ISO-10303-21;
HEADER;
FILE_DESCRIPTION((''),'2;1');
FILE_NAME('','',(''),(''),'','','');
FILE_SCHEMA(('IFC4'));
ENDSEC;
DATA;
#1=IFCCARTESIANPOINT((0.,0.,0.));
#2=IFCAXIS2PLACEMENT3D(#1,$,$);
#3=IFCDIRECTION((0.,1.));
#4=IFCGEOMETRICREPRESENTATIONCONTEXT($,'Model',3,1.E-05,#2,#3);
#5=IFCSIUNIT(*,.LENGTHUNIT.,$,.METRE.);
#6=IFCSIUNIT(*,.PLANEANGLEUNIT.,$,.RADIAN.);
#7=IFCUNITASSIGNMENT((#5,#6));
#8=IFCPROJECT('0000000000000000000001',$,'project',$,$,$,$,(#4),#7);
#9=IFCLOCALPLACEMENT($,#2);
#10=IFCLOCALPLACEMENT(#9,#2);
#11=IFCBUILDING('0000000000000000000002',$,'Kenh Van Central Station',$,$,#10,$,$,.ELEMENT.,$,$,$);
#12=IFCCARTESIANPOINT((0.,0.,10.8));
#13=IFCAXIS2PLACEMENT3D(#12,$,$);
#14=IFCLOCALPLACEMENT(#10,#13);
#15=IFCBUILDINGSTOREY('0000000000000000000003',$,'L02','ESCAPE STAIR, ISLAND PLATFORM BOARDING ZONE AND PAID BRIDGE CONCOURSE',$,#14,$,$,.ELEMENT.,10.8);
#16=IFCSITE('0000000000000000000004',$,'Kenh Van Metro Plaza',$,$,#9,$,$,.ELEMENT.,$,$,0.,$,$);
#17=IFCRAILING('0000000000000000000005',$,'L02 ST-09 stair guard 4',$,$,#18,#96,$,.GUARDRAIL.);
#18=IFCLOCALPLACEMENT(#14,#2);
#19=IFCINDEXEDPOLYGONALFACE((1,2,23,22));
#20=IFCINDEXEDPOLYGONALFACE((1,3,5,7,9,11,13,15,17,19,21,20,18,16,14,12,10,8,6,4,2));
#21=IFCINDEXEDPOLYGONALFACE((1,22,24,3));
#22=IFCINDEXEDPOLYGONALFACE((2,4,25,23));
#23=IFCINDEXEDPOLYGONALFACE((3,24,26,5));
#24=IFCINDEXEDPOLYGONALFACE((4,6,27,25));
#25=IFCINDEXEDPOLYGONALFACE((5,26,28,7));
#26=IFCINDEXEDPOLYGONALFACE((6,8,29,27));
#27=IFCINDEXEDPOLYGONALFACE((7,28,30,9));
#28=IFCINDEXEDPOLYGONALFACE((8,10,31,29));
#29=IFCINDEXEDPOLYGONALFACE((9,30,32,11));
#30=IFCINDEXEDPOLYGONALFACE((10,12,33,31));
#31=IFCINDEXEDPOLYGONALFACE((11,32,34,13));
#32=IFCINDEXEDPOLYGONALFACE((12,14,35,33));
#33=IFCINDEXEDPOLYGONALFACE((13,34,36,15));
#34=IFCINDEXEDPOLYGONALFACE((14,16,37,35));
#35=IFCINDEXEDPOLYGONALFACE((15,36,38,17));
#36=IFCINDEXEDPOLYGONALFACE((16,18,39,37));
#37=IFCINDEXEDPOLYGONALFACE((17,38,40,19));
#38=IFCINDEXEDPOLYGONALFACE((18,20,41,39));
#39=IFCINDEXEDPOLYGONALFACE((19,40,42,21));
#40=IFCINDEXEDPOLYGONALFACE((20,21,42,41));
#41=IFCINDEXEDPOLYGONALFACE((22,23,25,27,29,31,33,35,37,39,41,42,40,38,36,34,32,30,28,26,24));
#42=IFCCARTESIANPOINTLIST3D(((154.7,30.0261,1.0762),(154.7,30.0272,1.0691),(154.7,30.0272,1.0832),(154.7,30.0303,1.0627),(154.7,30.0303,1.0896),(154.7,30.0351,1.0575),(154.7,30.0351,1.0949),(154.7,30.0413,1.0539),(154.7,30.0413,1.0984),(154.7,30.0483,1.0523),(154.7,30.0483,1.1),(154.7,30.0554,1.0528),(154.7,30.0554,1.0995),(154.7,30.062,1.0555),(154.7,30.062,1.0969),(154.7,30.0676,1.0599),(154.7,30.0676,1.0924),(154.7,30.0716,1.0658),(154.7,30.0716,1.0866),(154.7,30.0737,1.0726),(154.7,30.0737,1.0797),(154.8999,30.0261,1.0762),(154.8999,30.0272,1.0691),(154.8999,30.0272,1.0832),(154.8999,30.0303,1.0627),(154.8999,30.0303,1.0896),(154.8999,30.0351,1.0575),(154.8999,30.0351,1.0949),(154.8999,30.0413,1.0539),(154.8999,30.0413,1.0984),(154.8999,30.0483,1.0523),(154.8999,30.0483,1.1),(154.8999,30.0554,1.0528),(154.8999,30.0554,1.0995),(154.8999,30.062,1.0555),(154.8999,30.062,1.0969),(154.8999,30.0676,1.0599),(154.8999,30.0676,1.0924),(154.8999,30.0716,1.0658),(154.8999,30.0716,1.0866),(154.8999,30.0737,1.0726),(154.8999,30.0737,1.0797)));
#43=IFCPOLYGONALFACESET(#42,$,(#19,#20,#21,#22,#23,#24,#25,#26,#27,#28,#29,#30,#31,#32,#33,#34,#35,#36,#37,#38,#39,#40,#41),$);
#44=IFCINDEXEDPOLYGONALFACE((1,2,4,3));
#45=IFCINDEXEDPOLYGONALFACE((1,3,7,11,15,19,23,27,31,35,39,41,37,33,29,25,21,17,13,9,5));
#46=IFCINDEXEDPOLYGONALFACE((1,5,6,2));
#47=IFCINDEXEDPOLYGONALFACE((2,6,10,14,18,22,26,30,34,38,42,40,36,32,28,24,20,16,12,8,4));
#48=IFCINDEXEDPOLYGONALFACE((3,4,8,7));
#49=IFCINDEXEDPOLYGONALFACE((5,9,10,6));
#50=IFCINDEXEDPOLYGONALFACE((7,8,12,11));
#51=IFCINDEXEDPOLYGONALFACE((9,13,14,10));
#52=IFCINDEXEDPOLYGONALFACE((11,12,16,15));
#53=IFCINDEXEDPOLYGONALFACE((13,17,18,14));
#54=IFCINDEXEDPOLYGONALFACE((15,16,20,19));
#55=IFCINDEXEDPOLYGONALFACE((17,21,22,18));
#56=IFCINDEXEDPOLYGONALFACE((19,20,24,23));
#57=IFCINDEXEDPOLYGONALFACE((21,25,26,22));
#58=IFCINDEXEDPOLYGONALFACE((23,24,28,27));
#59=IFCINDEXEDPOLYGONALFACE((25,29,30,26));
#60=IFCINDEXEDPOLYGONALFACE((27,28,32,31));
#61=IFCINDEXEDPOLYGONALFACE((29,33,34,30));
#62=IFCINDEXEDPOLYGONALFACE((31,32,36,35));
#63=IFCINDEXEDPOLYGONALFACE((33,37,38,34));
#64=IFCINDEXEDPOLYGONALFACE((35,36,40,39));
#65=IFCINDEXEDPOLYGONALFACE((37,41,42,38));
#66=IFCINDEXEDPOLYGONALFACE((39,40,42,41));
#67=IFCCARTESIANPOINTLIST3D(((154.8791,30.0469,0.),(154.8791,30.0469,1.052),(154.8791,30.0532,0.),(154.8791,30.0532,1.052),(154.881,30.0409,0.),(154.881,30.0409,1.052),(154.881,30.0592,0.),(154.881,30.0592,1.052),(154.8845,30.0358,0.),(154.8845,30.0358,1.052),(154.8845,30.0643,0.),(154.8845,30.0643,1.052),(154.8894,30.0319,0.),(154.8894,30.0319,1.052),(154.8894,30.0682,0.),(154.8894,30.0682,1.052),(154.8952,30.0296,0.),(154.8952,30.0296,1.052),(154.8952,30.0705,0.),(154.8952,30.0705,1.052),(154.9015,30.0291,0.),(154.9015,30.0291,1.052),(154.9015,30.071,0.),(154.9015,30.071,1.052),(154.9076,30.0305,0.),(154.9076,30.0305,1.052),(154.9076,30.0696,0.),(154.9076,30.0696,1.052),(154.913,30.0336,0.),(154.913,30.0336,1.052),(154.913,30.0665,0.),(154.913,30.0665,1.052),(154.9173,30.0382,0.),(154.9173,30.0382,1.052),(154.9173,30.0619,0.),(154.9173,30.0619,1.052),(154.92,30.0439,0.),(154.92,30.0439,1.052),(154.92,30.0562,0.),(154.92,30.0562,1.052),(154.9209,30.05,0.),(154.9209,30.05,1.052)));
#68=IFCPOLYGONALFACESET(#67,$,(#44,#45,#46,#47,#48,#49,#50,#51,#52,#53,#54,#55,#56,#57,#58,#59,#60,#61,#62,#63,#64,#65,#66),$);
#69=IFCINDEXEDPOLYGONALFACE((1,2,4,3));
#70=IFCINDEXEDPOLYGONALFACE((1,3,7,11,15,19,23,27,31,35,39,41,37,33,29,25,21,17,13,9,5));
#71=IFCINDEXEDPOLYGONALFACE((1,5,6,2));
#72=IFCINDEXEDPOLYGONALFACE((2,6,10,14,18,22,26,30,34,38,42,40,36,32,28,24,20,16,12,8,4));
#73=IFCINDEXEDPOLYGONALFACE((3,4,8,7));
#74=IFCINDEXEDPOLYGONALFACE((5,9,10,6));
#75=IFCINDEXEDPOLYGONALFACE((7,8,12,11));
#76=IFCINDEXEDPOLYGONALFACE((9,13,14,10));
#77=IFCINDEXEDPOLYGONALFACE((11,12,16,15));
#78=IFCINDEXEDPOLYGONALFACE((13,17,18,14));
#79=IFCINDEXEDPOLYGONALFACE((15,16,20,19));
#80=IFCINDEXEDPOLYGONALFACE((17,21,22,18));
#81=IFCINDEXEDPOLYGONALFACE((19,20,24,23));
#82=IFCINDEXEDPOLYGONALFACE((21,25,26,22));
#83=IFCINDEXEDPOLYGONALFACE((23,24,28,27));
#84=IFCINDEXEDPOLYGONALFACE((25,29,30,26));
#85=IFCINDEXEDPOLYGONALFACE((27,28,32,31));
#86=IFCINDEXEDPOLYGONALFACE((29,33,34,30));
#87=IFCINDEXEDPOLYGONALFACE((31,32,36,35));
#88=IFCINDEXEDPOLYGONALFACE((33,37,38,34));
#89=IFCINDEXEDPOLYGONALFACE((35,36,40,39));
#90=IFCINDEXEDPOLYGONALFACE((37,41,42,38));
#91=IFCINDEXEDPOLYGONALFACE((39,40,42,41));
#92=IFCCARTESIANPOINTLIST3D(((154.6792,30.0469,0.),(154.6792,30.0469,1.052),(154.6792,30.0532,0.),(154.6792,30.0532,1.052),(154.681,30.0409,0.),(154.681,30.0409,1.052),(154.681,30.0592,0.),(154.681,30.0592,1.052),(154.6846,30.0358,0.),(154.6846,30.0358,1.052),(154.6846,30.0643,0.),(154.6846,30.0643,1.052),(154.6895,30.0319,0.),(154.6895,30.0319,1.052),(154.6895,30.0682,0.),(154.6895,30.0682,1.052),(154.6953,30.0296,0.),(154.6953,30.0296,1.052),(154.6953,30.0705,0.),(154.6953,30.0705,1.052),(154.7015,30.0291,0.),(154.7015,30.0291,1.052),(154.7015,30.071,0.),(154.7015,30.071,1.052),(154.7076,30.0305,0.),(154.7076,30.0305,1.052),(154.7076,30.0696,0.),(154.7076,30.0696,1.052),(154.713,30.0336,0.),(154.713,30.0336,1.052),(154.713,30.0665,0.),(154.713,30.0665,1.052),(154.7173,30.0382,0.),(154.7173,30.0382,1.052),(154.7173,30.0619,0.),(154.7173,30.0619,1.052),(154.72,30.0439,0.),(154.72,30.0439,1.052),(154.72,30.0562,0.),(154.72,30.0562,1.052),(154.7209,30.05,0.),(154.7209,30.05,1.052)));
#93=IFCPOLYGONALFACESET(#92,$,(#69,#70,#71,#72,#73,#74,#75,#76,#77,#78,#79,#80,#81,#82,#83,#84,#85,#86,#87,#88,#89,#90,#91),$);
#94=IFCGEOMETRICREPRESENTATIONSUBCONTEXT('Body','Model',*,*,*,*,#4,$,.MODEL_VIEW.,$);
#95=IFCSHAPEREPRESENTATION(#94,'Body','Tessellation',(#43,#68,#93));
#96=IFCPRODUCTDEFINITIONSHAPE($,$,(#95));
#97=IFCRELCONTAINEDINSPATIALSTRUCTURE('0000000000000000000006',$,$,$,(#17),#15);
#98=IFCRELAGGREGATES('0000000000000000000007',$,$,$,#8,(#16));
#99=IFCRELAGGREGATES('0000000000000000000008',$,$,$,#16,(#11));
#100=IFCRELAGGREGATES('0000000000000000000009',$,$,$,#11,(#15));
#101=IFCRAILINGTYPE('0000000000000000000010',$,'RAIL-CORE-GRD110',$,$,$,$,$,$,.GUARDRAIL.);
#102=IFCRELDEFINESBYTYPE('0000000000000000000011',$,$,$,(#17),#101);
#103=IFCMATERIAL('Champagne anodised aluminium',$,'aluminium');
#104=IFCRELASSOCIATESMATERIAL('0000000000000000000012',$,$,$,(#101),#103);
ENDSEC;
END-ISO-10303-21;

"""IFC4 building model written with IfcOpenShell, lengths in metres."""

from ifc_helpers import new_model, si_unit, direction, frame, origin, origin_2d, place, context, subcontext, project, spatial, circle, extrude, material, type_object, element, save


model = new_model("IFC4")

# Units and contexts
model_context = context("Model", 3, precision=1e-05, world=origin(), true_north=direction((0.0, 1.0)))
body_context = subcontext(model_context, "Body", "Model", "MODEL_VIEW")
ifc_project = project(units=[si_unit("LENGTHUNIT", "METRE"), si_unit("PLANEANGLEUNIT", "RADIAN")], contexts=[model_context])

# Site, building, storey
site_placement = place(None, origin())
site = spatial("IfcSite", under=ifc_project, at=site_placement, Name="Kenh Van Metro Plaza", CompositionType="ELEMENT", RefElevation=0.0)
building_placement = place(site_placement, origin())
building = spatial("IfcBuilding", under=site, at=building_placement, Name="Kenh Van Central Station", CompositionType="ELEMENT")
storey_placement = place(building_placement, frame((0.0, 0.0, 10.8)))
storey = spatial("IfcBuildingStorey", under=building, at=storey_placement, Name="L02", Description="ESCAPE STAIR, ISLAND PLATFORM BOARDING ZONE AND PAID BRIDGE CONCOURSE", CompositionType="ELEMENT", Elevation=10.8)

# Shared definitions
ifc_material_1 = material(Name="Champagne anodised aluminium", Category="aluminium")

# Railing
railing_type_1 = type_object("IfcRailingType", Name="RAIL-CORE-GRD110", PredefinedType="GUARDRAIL", material=ifc_material_1)
railing_1_placement = place(storey_placement, frame((154.8999, 30.05, 0.0)))
element("IfcRailing", 1, at=railing_1_placement, inside=storey, type_object=railing_type_1, Name="L02 ST-09 stair guard 4", PredefinedType="GUARDRAIL", context=body_context, shape_type="SweptSolid", body=[
    extrude(circle(Radius=0.0239, at=origin_2d()), frame((0.0, 0.0, 1.0762), z_axis=(-1.0, 0.0, 0.0), x_axis=(0.0, -1.0, 0.0)), (0.0, 0.0, 1.0), 0.2),
    extrude(circle(Radius=0.021, at=origin_2d()), origin(), (0.0, 0.0, 1.0), 1.052),
    extrude(circle(Radius=0.021, at=origin_2d()), frame((-0.2, 0.0, 0.0)), (0.0, 0.0, 1.0), 1.052),
])

save(model, "model.ifc")
